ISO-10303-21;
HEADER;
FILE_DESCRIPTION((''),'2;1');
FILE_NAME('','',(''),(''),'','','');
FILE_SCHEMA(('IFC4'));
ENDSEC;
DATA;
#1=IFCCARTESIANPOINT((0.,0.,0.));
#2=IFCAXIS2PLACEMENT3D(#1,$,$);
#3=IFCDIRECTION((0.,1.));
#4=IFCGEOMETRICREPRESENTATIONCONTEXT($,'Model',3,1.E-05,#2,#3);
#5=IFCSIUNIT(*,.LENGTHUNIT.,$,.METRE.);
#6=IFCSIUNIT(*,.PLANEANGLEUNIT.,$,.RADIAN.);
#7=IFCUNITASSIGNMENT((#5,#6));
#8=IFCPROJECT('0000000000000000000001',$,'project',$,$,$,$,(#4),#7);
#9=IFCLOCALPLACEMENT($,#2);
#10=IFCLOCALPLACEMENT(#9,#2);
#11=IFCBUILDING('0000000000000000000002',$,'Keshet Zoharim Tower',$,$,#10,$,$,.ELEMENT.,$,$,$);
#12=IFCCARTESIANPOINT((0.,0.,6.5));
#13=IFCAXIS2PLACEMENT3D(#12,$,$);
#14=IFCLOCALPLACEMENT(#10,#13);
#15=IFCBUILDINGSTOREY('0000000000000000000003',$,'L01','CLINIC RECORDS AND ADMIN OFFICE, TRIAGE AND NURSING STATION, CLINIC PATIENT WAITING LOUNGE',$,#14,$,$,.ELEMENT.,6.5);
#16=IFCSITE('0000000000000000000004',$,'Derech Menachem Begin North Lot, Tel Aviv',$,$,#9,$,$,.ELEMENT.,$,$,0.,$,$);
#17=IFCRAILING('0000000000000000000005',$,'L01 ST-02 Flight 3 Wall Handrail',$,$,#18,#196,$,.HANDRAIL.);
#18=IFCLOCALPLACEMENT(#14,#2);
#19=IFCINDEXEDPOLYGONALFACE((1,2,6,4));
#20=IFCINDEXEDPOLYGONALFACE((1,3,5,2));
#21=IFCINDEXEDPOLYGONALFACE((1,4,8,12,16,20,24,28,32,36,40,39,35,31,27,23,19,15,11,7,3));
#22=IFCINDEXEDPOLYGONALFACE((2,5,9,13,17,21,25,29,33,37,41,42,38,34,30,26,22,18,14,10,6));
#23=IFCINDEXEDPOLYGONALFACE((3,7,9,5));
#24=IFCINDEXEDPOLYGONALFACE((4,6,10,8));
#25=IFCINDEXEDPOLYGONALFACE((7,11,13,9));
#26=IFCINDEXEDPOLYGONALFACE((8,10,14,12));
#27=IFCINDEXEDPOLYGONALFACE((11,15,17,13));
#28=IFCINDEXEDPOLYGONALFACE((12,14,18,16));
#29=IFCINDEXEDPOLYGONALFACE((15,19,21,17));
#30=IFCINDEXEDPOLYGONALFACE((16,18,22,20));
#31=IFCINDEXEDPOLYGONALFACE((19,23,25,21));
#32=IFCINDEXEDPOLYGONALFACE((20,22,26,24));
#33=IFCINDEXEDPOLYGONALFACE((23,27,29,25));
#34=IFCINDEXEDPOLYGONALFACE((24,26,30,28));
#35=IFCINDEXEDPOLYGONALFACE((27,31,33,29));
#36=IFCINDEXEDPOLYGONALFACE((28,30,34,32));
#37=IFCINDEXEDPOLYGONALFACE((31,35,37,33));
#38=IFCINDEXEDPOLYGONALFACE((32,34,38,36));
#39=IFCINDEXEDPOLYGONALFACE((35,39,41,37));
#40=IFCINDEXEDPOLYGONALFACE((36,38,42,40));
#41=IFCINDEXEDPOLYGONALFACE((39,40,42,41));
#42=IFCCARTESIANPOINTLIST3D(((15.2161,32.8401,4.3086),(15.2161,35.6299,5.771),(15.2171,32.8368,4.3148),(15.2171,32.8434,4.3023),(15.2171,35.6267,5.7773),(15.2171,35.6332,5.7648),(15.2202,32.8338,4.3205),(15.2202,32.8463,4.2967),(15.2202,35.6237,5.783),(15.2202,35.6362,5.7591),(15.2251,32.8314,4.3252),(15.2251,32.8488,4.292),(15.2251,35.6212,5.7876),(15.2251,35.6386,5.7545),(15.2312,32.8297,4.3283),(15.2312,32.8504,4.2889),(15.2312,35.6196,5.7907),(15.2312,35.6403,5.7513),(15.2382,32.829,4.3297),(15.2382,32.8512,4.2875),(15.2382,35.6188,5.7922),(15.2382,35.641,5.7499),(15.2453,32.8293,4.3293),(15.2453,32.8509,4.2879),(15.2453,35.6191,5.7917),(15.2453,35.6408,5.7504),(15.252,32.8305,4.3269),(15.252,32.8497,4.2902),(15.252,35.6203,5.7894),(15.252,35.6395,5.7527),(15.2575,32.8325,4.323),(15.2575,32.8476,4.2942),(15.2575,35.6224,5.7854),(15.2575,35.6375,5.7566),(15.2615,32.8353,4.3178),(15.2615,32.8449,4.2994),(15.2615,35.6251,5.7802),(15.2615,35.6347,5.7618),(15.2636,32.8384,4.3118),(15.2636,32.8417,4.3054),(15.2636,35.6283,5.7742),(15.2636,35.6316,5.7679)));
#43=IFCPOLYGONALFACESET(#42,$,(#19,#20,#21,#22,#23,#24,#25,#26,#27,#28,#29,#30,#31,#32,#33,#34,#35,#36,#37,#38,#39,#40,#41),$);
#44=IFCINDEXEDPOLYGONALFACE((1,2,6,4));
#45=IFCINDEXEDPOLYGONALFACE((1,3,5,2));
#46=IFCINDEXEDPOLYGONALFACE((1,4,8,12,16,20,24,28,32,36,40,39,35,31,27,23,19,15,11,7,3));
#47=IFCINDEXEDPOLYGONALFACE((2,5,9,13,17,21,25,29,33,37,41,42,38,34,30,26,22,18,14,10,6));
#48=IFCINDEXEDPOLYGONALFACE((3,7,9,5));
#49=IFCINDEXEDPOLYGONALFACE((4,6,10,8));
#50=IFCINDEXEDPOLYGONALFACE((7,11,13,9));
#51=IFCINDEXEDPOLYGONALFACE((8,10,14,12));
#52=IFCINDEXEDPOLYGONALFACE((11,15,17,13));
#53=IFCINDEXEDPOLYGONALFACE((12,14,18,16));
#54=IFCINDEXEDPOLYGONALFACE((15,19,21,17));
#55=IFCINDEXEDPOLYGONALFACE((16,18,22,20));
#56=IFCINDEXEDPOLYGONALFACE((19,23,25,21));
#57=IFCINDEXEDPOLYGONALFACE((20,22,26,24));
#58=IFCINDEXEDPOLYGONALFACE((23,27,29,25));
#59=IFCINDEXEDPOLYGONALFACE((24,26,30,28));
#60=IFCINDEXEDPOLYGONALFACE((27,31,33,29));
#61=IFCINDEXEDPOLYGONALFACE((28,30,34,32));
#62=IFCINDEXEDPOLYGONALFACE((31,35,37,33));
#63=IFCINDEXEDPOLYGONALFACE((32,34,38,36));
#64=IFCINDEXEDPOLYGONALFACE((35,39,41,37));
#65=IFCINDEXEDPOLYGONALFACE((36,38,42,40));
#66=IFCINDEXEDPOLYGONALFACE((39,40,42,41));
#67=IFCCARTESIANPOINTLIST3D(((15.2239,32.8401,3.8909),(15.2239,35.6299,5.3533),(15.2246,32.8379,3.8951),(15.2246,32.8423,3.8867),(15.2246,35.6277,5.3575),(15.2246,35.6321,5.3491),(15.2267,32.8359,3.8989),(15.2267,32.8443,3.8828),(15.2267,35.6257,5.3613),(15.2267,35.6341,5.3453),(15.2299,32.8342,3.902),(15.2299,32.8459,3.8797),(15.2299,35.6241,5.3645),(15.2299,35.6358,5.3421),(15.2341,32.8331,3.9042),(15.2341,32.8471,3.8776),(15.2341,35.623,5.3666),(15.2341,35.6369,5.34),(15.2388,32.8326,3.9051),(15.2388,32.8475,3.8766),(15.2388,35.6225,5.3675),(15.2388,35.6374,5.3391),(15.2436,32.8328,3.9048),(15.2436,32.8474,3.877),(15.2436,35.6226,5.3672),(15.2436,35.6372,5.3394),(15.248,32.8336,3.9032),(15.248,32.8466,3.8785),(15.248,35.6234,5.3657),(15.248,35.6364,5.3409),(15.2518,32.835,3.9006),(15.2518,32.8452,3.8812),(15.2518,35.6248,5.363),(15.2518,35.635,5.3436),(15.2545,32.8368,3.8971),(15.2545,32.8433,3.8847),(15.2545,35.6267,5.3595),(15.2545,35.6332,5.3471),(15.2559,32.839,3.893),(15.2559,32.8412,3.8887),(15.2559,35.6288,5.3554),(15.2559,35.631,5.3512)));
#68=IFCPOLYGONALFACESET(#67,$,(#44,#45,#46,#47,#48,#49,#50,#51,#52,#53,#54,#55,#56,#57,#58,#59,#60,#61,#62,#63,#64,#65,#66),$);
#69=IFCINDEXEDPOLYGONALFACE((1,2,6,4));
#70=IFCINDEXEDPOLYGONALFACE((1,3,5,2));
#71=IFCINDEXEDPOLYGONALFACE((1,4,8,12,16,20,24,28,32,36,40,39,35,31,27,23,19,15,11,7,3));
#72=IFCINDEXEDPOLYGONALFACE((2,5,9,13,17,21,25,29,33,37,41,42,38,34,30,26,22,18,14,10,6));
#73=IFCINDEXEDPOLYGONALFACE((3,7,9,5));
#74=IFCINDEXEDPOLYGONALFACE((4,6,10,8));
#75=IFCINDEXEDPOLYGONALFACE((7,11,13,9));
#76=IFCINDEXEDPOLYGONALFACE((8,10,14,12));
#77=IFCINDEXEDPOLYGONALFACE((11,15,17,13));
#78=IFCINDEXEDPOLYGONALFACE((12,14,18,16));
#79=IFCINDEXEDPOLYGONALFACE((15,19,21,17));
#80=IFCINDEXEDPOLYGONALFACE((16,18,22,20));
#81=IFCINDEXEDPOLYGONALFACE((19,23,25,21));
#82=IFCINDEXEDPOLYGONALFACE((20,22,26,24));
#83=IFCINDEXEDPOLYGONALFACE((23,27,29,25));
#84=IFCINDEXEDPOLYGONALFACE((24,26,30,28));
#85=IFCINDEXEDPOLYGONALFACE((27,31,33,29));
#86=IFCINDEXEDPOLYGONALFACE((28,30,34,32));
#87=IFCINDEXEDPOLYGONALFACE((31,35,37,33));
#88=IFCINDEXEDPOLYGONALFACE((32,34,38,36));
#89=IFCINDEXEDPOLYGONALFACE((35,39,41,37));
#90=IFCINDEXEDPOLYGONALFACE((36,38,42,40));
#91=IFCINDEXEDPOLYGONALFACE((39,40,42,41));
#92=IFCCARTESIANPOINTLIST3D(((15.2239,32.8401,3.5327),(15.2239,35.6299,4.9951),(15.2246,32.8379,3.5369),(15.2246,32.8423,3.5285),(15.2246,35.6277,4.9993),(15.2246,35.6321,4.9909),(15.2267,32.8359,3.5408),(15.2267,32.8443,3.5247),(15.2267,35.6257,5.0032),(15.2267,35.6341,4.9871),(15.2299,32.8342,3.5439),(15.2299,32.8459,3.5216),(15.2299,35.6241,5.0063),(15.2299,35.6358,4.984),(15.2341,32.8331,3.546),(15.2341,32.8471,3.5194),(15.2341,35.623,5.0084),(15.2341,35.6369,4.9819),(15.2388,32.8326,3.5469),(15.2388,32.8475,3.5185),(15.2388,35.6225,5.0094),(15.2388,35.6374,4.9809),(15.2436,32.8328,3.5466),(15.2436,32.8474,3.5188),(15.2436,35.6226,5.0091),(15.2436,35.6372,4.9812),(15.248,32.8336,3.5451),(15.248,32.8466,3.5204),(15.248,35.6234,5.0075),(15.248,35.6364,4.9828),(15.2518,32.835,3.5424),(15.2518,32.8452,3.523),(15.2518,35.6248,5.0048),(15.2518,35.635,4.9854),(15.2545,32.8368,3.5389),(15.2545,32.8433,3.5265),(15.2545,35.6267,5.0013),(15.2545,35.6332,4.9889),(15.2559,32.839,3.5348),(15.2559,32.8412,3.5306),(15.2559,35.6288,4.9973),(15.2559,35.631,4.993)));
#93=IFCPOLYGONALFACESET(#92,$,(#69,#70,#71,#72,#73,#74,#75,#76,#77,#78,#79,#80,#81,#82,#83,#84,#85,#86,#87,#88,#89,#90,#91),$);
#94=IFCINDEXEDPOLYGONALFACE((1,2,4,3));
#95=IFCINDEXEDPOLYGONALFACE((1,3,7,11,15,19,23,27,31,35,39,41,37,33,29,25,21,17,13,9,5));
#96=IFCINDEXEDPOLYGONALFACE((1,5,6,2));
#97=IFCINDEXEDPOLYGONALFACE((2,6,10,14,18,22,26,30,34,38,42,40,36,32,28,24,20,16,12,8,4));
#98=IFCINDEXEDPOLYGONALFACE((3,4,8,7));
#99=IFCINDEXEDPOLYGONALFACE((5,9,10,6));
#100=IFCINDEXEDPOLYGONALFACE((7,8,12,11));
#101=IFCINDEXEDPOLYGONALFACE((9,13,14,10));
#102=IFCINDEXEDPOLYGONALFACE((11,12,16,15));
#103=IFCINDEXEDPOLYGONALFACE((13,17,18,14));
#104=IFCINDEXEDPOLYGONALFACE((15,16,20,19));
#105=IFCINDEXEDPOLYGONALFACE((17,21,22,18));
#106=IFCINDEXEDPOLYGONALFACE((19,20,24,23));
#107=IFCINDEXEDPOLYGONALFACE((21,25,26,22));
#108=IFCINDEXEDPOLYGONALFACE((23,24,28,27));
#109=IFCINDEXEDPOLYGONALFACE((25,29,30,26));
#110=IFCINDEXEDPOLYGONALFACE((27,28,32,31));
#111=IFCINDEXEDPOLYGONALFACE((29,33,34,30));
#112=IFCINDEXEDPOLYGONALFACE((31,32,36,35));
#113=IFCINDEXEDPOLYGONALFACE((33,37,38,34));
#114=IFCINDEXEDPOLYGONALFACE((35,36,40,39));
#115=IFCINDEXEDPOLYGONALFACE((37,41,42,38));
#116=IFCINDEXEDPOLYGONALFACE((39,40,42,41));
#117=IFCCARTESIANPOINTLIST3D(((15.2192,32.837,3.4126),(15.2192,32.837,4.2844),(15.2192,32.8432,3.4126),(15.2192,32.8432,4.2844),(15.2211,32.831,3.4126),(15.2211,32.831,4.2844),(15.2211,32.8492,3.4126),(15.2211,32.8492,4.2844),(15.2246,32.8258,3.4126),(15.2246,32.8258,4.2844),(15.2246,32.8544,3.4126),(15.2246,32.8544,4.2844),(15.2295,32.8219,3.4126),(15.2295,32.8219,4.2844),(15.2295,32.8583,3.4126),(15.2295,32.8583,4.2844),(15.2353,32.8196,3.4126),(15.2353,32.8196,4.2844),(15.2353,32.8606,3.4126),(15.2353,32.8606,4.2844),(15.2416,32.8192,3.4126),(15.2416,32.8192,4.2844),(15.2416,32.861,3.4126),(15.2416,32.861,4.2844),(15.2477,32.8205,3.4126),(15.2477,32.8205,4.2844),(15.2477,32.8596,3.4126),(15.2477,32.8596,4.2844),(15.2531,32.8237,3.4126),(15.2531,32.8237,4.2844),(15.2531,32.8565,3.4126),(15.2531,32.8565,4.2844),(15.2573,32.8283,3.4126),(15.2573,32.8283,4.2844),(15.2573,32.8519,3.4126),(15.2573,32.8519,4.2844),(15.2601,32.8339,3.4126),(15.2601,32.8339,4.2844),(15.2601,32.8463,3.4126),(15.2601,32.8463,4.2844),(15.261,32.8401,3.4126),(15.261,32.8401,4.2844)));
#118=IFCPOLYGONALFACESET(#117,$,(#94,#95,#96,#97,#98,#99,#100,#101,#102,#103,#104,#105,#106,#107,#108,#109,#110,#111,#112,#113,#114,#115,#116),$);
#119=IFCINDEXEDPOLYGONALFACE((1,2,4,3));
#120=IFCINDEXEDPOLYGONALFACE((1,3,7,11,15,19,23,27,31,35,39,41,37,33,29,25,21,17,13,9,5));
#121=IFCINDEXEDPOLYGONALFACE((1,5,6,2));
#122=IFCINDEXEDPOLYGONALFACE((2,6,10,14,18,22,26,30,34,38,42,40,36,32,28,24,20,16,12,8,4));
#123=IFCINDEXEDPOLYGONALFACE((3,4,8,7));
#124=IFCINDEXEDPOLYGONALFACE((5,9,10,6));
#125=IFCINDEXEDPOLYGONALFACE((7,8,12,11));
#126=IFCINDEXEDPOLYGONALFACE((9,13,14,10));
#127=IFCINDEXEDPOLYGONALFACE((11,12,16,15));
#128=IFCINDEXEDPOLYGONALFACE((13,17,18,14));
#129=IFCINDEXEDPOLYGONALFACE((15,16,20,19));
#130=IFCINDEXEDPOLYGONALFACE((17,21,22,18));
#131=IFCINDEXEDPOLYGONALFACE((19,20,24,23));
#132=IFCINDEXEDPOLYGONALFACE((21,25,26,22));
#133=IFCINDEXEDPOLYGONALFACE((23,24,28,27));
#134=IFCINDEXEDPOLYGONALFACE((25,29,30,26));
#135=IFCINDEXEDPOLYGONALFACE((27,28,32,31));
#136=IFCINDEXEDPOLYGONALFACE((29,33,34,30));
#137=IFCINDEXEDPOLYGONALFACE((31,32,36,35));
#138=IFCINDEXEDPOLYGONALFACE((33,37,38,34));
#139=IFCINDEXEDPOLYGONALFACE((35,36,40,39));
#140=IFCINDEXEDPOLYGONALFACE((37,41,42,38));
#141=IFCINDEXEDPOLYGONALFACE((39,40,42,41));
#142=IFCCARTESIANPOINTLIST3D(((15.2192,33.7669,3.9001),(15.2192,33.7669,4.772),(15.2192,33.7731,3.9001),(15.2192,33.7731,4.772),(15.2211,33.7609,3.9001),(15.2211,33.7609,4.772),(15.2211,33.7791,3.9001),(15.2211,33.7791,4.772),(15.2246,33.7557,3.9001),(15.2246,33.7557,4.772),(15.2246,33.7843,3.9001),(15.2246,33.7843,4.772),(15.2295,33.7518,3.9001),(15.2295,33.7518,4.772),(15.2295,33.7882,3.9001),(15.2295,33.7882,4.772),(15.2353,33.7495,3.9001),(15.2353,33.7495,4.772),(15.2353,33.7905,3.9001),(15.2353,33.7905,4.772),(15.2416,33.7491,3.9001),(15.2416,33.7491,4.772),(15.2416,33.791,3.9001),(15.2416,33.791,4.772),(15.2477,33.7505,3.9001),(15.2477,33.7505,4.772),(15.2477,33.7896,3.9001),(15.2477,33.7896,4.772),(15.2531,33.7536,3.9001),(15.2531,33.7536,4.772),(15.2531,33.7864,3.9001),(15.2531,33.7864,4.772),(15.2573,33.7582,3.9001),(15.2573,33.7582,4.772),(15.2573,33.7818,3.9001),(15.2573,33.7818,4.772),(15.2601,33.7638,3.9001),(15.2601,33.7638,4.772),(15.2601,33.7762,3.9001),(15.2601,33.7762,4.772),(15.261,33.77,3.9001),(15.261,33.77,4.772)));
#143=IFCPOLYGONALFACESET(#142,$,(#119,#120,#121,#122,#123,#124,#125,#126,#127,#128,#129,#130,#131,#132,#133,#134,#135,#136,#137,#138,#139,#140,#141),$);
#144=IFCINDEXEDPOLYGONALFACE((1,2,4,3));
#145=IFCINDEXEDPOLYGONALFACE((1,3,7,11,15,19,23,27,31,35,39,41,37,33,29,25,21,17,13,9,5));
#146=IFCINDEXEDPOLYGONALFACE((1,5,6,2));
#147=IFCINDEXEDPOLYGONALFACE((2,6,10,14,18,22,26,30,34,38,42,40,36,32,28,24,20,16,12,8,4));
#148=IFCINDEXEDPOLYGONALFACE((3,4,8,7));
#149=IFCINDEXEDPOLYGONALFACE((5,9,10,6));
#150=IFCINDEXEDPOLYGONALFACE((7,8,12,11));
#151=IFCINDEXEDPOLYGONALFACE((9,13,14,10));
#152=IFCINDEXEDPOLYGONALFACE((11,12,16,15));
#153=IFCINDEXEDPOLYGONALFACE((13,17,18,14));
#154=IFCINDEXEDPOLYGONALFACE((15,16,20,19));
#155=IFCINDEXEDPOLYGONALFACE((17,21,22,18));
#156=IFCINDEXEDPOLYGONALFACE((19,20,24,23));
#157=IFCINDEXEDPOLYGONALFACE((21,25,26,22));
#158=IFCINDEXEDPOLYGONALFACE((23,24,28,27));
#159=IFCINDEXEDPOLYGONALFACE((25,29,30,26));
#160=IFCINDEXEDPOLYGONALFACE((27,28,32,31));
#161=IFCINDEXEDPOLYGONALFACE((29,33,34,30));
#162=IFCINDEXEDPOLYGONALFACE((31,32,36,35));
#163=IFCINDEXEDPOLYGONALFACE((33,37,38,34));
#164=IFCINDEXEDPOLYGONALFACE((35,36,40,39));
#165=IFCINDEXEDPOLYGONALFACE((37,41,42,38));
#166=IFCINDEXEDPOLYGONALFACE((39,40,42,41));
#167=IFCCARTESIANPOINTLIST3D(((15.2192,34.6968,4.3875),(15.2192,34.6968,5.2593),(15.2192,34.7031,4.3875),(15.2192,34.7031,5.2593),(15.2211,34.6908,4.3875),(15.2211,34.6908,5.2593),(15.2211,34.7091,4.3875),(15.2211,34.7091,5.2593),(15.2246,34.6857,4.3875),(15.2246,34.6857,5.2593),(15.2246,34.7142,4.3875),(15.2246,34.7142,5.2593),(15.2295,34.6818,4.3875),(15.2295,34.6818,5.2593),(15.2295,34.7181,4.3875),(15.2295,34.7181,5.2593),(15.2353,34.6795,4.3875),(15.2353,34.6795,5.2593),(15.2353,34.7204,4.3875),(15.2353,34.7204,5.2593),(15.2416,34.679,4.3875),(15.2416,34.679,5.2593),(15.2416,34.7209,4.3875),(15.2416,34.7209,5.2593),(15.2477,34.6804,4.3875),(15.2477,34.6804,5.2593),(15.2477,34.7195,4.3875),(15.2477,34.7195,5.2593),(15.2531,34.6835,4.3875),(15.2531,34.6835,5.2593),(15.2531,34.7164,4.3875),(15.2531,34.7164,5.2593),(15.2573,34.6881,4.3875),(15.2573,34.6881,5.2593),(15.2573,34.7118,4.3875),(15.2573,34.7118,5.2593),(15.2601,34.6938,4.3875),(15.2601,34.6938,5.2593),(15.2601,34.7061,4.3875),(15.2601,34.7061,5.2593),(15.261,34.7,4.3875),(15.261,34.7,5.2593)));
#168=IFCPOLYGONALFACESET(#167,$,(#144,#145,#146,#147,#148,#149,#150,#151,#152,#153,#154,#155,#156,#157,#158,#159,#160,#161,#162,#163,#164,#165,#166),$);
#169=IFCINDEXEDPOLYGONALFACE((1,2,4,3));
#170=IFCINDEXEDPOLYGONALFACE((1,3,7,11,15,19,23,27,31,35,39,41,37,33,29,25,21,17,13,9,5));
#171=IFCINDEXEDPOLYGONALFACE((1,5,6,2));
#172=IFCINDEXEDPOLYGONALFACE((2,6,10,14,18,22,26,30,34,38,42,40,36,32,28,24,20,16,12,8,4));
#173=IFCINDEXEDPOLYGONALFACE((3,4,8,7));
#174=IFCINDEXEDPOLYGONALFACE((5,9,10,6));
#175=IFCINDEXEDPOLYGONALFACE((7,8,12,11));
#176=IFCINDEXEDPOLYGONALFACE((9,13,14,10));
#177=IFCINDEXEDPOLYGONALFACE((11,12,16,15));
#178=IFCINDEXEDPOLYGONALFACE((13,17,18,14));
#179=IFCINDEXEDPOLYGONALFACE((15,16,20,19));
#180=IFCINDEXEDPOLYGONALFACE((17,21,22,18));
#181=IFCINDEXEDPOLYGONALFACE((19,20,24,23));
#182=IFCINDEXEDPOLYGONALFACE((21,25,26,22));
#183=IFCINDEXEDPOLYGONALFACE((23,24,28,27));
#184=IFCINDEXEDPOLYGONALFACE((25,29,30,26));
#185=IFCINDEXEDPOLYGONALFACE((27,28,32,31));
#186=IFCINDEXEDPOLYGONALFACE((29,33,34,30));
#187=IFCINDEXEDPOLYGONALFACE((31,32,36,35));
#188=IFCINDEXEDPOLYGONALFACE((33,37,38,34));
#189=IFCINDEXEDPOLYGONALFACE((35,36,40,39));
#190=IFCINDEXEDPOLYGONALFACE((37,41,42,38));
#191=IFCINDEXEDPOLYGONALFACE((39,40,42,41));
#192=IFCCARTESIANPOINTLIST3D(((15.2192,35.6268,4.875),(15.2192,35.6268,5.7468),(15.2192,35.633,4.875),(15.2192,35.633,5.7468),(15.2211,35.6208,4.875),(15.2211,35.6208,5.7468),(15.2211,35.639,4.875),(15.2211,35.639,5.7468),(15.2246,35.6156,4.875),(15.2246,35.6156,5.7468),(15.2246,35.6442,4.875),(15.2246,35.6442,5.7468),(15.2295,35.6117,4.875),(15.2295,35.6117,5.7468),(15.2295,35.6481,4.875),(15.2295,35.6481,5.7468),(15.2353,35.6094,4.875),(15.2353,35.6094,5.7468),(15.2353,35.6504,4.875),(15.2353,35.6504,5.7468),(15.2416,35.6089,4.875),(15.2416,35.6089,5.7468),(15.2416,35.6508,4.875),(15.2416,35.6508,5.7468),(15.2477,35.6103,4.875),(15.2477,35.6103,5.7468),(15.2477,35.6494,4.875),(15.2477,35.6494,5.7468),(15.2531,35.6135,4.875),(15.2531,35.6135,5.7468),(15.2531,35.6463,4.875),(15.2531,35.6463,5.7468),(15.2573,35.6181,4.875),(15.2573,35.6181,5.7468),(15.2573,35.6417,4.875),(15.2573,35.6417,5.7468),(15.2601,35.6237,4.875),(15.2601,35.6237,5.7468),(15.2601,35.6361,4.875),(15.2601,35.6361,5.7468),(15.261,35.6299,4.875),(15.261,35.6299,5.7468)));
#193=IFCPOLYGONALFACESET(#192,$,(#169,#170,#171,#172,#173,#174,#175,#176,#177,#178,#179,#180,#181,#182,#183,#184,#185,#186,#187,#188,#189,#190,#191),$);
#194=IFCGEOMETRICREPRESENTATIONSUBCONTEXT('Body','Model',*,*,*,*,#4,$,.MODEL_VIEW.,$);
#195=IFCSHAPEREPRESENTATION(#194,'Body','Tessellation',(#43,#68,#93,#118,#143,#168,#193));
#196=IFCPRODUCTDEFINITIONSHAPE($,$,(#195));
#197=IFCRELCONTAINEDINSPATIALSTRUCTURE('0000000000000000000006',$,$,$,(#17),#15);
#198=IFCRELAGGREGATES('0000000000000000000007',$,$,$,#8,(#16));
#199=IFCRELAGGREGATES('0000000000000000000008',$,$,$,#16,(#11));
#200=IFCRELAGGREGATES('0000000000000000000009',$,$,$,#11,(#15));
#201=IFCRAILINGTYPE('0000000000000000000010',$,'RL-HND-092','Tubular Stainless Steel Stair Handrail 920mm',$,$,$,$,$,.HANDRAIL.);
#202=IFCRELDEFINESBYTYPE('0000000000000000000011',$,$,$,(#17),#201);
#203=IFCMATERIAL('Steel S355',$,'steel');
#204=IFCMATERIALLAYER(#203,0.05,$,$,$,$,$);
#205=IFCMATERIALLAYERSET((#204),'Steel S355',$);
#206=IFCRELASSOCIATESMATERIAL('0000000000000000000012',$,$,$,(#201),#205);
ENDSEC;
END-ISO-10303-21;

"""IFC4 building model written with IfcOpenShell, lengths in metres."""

from ifc_helpers import new_model, si_unit, direction, frame, origin, origin_2d, place, context, subcontext, project, spatial, circle, extrude, material, layer, layer_set, type_object, element, save


model = new_model("IFC4")

# Units and contexts
model_context = context("Model", 3, precision=1e-05, world=origin(), true_north=direction((0.0, 1.0)))
body_context = subcontext(model_context, "Body", "Model", "MODEL_VIEW")
ifc_project = project(units=[si_unit("LENGTHUNIT", "METRE"), si_unit("PLANEANGLEUNIT", "RADIAN")], contexts=[model_context])

# Site, building, storey
site_placement = place(None, origin())
site = spatial("IfcSite", under=ifc_project, at=site_placement, Name="Derech Menachem Begin North Lot, Tel Aviv", CompositionType="ELEMENT", RefElevation=0.0)
building_placement = place(site_placement, origin())
building = spatial("IfcBuilding", under=site, at=building_placement, Name="Keshet Zoharim Tower", CompositionType="ELEMENT")
storey_placement = place(building_placement, frame((0.0, 0.0, 6.5)))
storey = spatial("IfcBuildingStorey", under=building, at=storey_placement, Name="L01", Description="CLINIC RECORDS AND ADMIN OFFICE, TRIAGE AND NURSING STATION, CLINIC PATIENT WAITING LOUNGE", CompositionType="ELEMENT", Elevation=6.5)

# Railing
ifc_material_1 = material(Name="Steel S355", Category="steel")
ifc_layer_1 = layer(ifc_material_1, 0.05)
ifc_layer_set_1 = layer_set([ifc_layer_1], Name="Steel S355")
railing_type_1 = type_object("IfcRailingType", Name="RL-HND-092", Description="Tubular Stainless Steel Stair Handrail 920mm", PredefinedType="HANDRAIL", material=ifc_layer_set_1)
railing_1_placement = place(storey_placement, frame((15.24, 32.8401, 3.4126)))
element("IfcRailing", 1, at=railing_1_placement, inside=storey, type_object=railing_type_1, Name="L01 ST-02 Flight 3 Wall Handrail", PredefinedType="HANDRAIL", context=body_context, shape_type="SweptSolid", body=[
    extrude(circle(Radius=0.0239, at=origin_2d()), frame((0.0, 0.0, 0.896), z_axis=(0.0, 0.88569, 0.464276), x_axis=(-1.0, 0.0, 0.0)), (0.0, 0.0, 1.0), 3.1499),
    extrude(circle(Radius=0.0161, at=origin_2d()), frame((0.0, 0.0, 0.4783), z_axis=(0.0, 0.88569, 0.464276), x_axis=(-1.0, 0.0, 0.0)), (0.0, 0.0, 1.0), 3.1499),
    extrude(circle(Radius=0.0161, at=origin_2d()), frame((0.0, 0.0, 0.1201), z_axis=(0.0, 0.88569, 0.464276), x_axis=(-1.0, 0.0, 0.0)), (0.0, 0.0, 1.0), 3.1499),
    extrude(circle(Radius=0.021, at=origin_2d()), origin(), (0.0, 0.0, 1.0), 0.8718),
    extrude(circle(Radius=0.021, at=origin_2d()), frame((0.0, 0.9299, 0.4875)), (0.0, 0.0, 1.0), 0.8718),
    extrude(circle(Radius=0.021, at=origin_2d()), frame((0.0, 1.8599, 0.9749)), (0.0, 0.0, 1.0), 0.8718),
    extrude(circle(Radius=0.021, at=origin_2d()), frame((0.0, 2.7898, 1.4624)), (0.0, 0.0, 1.0), 0.8718),
])

save(model, "model.ifc")
